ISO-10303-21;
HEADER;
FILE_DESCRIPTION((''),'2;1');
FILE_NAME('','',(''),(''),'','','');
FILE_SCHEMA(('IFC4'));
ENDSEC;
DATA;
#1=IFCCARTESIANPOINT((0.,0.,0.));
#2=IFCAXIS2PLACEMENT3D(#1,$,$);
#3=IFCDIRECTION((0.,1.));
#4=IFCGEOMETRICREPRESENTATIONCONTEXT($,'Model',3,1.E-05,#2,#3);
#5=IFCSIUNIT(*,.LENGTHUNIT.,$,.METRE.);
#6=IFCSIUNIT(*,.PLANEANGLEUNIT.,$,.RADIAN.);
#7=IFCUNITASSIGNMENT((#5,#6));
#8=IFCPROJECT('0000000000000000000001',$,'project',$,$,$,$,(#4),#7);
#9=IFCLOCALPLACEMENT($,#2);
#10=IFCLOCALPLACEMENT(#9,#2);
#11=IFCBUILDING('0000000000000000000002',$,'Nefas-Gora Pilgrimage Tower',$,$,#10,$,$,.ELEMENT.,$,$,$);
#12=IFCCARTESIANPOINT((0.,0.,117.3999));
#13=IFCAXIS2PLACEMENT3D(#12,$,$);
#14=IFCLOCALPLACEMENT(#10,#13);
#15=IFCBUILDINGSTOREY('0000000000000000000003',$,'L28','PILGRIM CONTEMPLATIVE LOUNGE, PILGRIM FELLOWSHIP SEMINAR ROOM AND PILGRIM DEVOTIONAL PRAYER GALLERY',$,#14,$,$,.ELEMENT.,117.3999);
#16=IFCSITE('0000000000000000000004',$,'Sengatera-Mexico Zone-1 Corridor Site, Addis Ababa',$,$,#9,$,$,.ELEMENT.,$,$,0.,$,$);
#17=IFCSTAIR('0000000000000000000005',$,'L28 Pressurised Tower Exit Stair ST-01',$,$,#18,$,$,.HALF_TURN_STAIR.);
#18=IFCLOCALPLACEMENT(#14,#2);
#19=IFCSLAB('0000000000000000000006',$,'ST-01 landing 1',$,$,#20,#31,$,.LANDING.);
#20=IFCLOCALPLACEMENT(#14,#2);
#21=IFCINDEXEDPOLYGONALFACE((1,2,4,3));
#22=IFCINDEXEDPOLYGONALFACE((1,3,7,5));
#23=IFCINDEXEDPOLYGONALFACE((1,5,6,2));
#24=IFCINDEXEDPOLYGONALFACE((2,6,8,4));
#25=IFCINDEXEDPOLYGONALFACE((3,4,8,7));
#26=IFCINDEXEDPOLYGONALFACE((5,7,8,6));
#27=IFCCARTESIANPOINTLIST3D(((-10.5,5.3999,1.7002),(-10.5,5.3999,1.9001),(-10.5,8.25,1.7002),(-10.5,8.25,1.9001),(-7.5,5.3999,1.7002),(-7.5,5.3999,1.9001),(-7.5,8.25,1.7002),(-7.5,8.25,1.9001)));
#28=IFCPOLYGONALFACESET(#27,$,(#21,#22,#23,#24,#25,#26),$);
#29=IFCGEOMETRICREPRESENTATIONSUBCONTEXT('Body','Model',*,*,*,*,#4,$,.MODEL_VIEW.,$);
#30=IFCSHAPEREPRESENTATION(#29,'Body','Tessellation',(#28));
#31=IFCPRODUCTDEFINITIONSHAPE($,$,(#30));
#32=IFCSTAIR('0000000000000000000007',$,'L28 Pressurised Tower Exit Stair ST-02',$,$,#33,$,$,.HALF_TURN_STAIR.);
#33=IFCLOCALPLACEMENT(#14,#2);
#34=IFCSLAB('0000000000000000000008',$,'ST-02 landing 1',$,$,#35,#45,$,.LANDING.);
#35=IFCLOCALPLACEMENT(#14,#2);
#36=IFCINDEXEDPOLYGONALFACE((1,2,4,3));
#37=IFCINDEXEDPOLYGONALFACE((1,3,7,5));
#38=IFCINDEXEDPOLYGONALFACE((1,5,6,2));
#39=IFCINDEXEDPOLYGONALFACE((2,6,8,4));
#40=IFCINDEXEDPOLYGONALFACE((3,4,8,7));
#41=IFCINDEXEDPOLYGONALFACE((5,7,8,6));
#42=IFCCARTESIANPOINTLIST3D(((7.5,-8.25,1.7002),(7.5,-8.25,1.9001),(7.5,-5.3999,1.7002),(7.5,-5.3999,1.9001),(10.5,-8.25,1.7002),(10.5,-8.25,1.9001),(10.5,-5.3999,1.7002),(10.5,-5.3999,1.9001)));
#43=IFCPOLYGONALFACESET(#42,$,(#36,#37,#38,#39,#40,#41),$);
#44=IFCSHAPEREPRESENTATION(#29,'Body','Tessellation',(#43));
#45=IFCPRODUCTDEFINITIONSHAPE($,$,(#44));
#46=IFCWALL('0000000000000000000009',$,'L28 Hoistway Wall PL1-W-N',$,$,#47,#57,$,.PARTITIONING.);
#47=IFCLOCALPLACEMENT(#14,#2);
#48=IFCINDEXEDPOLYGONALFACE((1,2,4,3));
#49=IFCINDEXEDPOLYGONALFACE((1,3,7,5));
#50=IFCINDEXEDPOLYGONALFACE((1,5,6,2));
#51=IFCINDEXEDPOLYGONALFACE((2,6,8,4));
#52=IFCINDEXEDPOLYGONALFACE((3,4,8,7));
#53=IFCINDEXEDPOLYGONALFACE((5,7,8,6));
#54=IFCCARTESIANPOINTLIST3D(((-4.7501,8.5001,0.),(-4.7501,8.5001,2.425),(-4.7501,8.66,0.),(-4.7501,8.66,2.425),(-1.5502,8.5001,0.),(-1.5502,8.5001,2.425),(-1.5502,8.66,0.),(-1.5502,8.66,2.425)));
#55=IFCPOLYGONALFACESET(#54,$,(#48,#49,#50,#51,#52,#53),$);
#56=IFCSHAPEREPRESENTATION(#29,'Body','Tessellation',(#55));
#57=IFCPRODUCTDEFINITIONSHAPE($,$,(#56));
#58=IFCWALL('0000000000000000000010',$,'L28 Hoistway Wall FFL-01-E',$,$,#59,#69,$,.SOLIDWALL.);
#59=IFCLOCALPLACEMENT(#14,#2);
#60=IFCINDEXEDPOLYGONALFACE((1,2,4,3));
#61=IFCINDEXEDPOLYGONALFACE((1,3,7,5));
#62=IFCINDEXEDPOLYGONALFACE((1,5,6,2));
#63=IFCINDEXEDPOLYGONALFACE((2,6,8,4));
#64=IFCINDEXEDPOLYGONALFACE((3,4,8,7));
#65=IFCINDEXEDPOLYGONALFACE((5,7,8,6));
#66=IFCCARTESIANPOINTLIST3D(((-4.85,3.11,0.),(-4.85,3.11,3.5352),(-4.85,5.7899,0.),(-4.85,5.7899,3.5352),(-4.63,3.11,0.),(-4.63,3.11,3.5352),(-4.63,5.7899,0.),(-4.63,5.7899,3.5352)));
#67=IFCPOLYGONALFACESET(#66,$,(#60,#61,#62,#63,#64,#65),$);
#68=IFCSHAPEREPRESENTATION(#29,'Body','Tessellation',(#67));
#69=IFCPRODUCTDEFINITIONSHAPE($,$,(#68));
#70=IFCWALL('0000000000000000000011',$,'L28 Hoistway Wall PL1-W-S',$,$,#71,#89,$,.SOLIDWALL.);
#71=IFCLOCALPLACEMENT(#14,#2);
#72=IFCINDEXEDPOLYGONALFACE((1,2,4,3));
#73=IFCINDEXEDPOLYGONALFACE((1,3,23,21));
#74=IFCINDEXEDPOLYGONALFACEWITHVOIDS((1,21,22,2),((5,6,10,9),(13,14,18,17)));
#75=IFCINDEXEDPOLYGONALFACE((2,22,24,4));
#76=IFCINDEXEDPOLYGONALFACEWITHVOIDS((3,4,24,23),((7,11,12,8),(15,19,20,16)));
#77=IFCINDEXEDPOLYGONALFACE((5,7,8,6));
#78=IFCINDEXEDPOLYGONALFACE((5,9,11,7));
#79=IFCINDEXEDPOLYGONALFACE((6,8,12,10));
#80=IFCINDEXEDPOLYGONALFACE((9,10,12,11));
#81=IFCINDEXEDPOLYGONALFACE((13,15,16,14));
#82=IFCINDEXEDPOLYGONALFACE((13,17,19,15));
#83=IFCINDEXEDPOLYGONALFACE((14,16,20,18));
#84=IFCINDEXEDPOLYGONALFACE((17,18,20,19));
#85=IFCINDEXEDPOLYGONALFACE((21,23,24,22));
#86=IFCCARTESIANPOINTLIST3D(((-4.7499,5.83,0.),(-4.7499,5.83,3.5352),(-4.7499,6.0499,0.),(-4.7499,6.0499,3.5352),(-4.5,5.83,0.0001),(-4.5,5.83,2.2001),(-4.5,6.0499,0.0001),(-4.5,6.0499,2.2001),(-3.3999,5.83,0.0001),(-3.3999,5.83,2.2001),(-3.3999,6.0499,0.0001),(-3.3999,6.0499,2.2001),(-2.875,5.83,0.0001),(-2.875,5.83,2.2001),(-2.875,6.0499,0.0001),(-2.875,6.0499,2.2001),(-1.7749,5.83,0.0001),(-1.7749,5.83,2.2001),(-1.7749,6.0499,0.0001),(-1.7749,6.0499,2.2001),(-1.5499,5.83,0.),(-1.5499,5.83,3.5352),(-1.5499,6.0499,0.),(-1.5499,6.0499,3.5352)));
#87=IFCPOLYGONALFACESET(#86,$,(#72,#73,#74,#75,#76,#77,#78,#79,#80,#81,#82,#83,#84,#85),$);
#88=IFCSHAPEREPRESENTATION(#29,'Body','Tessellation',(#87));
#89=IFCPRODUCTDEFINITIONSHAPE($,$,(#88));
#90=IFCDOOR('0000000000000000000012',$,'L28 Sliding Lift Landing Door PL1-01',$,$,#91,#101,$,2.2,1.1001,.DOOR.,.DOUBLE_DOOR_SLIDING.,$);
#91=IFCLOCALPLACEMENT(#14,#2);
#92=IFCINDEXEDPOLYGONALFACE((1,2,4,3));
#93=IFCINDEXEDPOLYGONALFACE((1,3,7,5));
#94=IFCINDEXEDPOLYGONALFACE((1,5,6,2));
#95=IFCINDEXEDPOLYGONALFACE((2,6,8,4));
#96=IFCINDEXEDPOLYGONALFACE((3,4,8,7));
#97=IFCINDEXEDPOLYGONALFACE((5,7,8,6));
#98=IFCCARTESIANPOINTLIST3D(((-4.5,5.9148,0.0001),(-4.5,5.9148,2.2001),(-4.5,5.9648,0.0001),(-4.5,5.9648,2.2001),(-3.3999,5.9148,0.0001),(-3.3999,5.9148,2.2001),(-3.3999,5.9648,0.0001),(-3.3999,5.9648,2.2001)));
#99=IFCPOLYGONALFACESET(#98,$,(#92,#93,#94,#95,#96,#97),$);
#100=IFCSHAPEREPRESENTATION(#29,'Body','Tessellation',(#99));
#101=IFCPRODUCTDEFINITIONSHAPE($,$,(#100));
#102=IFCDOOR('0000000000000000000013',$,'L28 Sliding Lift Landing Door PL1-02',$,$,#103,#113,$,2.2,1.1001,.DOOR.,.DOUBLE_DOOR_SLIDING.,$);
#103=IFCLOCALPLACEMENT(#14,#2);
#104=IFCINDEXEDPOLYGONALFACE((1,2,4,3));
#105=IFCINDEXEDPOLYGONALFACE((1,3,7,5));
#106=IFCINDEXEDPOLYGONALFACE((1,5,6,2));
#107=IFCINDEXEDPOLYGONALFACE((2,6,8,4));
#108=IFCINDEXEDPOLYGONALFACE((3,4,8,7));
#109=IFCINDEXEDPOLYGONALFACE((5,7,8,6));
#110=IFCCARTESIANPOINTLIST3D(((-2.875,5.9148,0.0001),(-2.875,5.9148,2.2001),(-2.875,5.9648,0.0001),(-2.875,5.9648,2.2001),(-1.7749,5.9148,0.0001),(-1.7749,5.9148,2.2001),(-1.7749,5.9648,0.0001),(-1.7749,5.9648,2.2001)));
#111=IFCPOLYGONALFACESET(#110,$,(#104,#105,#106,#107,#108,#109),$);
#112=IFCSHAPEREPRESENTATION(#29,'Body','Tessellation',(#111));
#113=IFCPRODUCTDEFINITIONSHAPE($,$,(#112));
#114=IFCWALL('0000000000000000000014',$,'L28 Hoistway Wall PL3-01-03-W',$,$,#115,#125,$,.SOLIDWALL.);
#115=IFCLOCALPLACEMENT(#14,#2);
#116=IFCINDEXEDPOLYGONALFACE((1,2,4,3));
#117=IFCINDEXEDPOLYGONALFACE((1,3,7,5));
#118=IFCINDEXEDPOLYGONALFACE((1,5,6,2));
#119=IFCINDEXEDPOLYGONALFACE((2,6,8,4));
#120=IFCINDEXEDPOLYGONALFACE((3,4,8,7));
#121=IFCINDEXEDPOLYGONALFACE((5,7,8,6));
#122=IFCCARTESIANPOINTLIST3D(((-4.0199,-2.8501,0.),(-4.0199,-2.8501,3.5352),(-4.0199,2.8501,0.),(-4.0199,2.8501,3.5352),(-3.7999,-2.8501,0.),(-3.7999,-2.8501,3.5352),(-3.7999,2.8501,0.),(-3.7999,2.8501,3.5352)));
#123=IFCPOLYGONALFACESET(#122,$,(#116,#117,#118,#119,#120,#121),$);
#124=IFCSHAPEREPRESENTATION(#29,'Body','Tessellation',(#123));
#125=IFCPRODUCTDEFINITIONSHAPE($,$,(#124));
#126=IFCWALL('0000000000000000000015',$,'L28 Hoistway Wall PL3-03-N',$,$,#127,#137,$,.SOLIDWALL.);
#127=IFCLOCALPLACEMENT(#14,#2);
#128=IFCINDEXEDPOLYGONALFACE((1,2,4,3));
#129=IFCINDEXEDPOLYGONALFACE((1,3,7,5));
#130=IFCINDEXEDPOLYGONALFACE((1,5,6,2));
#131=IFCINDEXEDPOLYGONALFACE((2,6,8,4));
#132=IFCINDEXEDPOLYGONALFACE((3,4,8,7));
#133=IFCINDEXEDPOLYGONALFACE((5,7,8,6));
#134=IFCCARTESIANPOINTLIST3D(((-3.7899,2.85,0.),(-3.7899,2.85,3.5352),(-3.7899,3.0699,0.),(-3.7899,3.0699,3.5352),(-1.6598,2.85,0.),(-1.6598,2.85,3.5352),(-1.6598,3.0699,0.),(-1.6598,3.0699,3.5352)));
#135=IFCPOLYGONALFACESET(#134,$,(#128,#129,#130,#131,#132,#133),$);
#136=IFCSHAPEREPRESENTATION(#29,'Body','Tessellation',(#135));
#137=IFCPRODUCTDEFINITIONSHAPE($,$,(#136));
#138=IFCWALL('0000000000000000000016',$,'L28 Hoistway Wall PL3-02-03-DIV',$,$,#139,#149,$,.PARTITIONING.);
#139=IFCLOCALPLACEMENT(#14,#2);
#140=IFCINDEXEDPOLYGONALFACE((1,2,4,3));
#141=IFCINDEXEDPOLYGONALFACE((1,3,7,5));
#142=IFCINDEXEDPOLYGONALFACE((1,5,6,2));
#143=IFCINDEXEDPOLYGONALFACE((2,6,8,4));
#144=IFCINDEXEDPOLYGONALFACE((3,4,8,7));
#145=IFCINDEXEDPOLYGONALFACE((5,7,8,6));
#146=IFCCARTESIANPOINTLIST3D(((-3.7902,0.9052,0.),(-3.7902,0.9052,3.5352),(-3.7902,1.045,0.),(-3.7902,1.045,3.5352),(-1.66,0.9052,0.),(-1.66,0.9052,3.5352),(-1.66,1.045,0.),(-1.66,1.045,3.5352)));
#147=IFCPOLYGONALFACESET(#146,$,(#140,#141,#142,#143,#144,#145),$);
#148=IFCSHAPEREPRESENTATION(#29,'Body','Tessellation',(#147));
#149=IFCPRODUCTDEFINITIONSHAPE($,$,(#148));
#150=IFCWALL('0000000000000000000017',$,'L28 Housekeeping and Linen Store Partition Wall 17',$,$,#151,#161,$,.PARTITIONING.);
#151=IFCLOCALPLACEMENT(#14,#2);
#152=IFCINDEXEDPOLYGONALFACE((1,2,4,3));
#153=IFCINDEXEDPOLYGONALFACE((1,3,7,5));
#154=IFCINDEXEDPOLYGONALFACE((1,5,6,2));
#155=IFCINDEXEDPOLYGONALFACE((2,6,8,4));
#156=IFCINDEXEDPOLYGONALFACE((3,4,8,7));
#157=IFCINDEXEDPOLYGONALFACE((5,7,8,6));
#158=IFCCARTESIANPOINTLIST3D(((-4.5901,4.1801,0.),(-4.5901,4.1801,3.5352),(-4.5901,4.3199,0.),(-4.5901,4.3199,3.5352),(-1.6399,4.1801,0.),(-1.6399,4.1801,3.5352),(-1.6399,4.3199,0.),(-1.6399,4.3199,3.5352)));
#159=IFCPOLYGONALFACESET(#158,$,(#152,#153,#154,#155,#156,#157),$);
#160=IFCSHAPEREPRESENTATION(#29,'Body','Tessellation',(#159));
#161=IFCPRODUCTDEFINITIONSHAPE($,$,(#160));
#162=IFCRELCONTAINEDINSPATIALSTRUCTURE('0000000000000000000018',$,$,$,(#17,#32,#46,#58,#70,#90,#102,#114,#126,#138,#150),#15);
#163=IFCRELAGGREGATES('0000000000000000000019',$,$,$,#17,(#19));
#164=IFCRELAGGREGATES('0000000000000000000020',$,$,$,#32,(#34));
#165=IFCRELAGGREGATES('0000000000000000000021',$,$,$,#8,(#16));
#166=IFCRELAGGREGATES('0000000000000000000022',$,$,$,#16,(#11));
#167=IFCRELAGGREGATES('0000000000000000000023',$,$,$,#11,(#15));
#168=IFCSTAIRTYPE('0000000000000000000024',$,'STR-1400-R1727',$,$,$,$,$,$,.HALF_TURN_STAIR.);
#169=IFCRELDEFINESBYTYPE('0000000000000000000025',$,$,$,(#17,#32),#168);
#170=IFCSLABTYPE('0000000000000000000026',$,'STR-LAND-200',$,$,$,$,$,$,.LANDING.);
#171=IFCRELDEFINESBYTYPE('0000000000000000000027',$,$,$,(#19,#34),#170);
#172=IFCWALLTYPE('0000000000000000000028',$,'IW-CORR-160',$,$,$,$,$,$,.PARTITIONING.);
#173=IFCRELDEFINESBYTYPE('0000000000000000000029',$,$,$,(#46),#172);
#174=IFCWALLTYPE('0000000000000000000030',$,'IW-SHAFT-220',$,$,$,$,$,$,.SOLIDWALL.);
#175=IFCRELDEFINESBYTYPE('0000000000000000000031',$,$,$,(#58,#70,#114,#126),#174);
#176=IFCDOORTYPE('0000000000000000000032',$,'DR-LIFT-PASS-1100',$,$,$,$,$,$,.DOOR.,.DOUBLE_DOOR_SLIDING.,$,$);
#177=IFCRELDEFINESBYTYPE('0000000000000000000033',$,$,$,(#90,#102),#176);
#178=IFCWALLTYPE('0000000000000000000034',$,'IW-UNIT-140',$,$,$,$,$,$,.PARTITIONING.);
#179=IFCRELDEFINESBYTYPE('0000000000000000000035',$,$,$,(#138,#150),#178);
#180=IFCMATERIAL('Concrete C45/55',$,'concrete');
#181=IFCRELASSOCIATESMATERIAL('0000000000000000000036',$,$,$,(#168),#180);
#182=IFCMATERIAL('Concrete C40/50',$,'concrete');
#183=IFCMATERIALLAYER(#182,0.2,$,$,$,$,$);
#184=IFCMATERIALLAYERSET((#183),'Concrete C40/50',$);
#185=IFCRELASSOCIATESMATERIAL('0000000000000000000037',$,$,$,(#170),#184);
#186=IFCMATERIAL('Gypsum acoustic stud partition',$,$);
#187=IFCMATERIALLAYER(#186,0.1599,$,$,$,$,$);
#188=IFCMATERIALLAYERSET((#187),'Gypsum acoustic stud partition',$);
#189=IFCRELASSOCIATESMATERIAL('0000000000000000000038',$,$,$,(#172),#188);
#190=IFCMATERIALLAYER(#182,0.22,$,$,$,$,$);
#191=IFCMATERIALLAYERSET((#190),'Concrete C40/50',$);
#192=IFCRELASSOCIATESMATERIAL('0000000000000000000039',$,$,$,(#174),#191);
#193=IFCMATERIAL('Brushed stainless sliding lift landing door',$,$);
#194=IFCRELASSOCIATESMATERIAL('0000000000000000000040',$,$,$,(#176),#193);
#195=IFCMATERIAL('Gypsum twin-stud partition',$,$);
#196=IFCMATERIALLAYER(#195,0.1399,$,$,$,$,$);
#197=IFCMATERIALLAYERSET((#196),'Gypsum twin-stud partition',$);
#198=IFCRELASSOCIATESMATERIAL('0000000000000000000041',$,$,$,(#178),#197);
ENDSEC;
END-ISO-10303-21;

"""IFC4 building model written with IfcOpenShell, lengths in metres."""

from ifc_helpers import new_model, si_unit, direction, frame, frame_2d, origin, place, context, subcontext, project, spatial, polyline, rectangle, outline, extrude, source, transform, mapped, material, layer, layer_set, type_object, element, fill, aggregate, save


model = new_model("IFC4")

# Units and contexts
model_context = context("Model", 3, precision=1e-05, world=origin(), true_north=direction((0.0, 1.0)))
body_context = subcontext(model_context, "Body", "Model", "MODEL_VIEW")
ifc_project = project(units=[si_unit("LENGTHUNIT", "METRE"), si_unit("PLANEANGLEUNIT", "RADIAN")], contexts=[model_context])

# Site, building, storey
site_placement = place(None, origin())
site = spatial("IfcSite", under=ifc_project, at=site_placement, Name="Sengatera-Mexico Zone-1 Corridor Site, Addis Ababa", CompositionType="ELEMENT", RefElevation=0.0)
building_placement = place(site_placement, origin())
building = spatial("IfcBuilding", under=site, at=building_placement, Name="Nefas-Gora Pilgrimage Tower", CompositionType="ELEMENT")
storey_placement = place(building_placement, frame((0.0, 0.0, 117.3999)))
storey = spatial("IfcBuildingStorey", under=building, at=storey_placement, Name="L28", Description="PILGRIM CONTEMPLATIVE LOUNGE, PILGRIM FELLOWSHIP SEMINAR ROOM AND PILGRIM DEVOTIONAL PRAYER GALLERY", CompositionType="ELEMENT", Elevation=117.3999)

# Shared definitions
ifc_material_1 = material(Name="Concrete C40/50", Category="concrete")

# Stairs, slabs
ifc_material_2 = material(Name="Concrete C45/55", Category="concrete")
stair_type = type_object("IfcStairType", Name="STR-1400-R1727", PredefinedType="HALF_TURN_STAIR", material=ifc_material_2)
stair_1_placement = place(storey_placement, origin())
stair_1 = element("IfcStair", 1, at=stair_1_placement, inside=storey, type_object=stair_type, Name="L28 Pressurised Tower Exit Stair ST-01", PredefinedType="HALF_TURN_STAIR")
ifc_layer_1 = layer(ifc_material_1, 0.2)
ifc_layer_set_1 = layer_set([ifc_layer_1], Name="Concrete C40/50")
slab_type_1 = type_object("IfcSlabType", Name="STR-LAND-200", PredefinedType="LANDING", material=ifc_layer_set_1)
slab_1_placement = place(storey_placement, frame((0.0, 0.0, 1.7002)))
slab_1 = element("IfcSlab", 2, at=slab_1_placement, type_object=slab_type_1, Name="ST-01 landing 1", PredefinedType="LANDING", context=body_context, shape_type="SweptSolid", body=[
    extrude(outline(polyline([(-7.5, 5.3999), (-7.5, 8.25), (-10.5, 8.25), (-10.5, 5.3999), (-7.5, 5.3999)])), origin(), (0.0, 0.0, 1.0), 0.2),
])
aggregate(stair_1, [slab_1])
stair_2_placement = place(storey_placement, origin())
stair_2 = element("IfcStair", 3, at=stair_2_placement, inside=storey, type_object=stair_type, Name="L28 Pressurised Tower Exit Stair ST-02", PredefinedType="HALF_TURN_STAIR")
slab_2_placement = place(storey_placement, frame((0.0, 0.0, 1.7002)))
slab_2 = element("IfcSlab", 4, at=slab_2_placement, type_object=slab_type_1, Name="ST-02 landing 1", PredefinedType="LANDING", context=body_context, shape_type="SweptSolid", body=[
    extrude(outline(polyline([(7.5, -5.3999), (7.5, -8.25), (10.5, -8.25), (10.5, -5.3999), (7.5, -5.3999)])), origin(), (0.0, 0.0, 1.0), 0.2),
])
aggregate(stair_2, [slab_2])

# Walls
ifc_material_3 = material(Name="Gypsum acoustic stud partition")
ifc_layer_2 = layer(ifc_material_3, 0.1599)
ifc_layer_set_2 = layer_set([ifc_layer_2], Name="Gypsum acoustic stud partition")
wall_type_1 = type_object("IfcWallType", Name="IW-CORR-160", PredefinedType="PARTITIONING", material=ifc_layer_set_2)
shared_shape_1 = source(origin(), body_context, "Body", "SweptSolid", [
    extrude(rectangle(XDim=3.2, YDim=0.1599, at=frame_2d((1.6001, 0.0))), origin(), (0.0, 0.0, 1.0), 2.425),
])
wall_1_placement = place(storey_placement, frame((-1.55, 8.5801, 0.0), z_axis=(0.0, 0.0, 1.0), x_axis=(-1.0, 0.0, 0.0)))
element("IfcWall", 5, at=wall_1_placement, inside=storey, type_object=wall_type_1, Name="L28 Hoistway Wall PL1-W-N", PredefinedType="PARTITIONING", context=body_context, shape_type="MappedRepresentation", body=[
    mapped(shared_shape_1, transform((0.0, 0.0, 0.0), x_axis=(1.0, 0.0, 0.0), y_axis=(0.0, 1.0, 0.0), z_axis=(0.0, 0.0, 1.0), scale=1.0)),
])
ifc_layer_3 = layer(ifc_material_1, 0.22)
ifc_layer_set_3 = layer_set([ifc_layer_3], Name="Concrete C40/50")
wall_type_2 = type_object("IfcWallType", Name="IW-SHAFT-220", PredefinedType="SOLIDWALL", material=ifc_layer_set_3)
shared_shape_2 = source(origin(), body_context, "Body", "SweptSolid", [
    extrude(rectangle(XDim=2.6799, YDim=0.22, at=frame_2d((1.3398, 0.0))), origin(), (0.0, 0.0, 1.0), 3.5352),
])
wall_2_placement = place(storey_placement, frame((-4.74, 3.1101, 0.0), z_axis=(0.0, 0.0, 1.0), x_axis=(0.0, 1.0, 0.0)))
element("IfcWall", 6, at=wall_2_placement, inside=storey, type_object=wall_type_2, Name="L28 Hoistway Wall FFL-01-E", PredefinedType="SOLIDWALL", context=body_context, shape_type="MappedRepresentation", body=[
    mapped(shared_shape_2, transform((0.0, 0.0, 0.0), x_axis=(1.0, 0.0, 0.0), y_axis=(0.0, 1.0, 0.0), z_axis=(0.0, 0.0, 1.0), scale=1.0)),
])

# Wall, openings, doors
shared_shape_3 = source(origin(), body_context, "Body", "SweptSolid", [
    extrude(rectangle(XDim=3.2, YDim=0.22, at=frame_2d((1.6001, 0.0))), origin(), (0.0, 0.0, 1.0), 3.5352),
])
wall_3_placement = place(storey_placement, frame((-4.75, 5.9399, 0.0), z_axis=(0.0, 0.0, 1.0), x_axis=(1.0, 0.0, 0.0)))
wall_3 = element("IfcWall", 7, at=wall_3_placement, inside=storey, type_object=wall_type_2, Name="L28 Hoistway Wall PL1-W-S", PredefinedType="SOLIDWALL", context=body_context, shape_type="MappedRepresentation", body=[
    mapped(shared_shape_3, transform((0.0, 0.0, 0.0), x_axis=(1.0, 0.0, 0.0), y_axis=(0.0, 1.0, 0.0), z_axis=(0.0, 0.0, 1.0), scale=1.0)),
])
opening_1_placement = place(wall_3_placement, frame((0.25, 0.0, 0.0)))
opening_1 = element("IfcOpeningElement", 8, at=opening_1_placement, cuts=wall_3, PredefinedType="OPENING", context=body_context, shape_type="SweptSolid", body=[
    extrude(rectangle(XDim=1.1001, YDim=2.2, at=frame_2d((0.55, 1.1001))), frame((0.0, 0.1199, 0.0), z_axis=(0.0, -1.0, 0.0), x_axis=(1.0, 0.0, 0.0)), (0.0, 0.0, 1.0), 0.24),
])
opening_2_placement = place(wall_3_placement, frame((1.875, 0.0, 0.0)))
opening_2 = element("IfcOpeningElement", 9, at=opening_2_placement, cuts=wall_3, PredefinedType="OPENING", context=body_context, shape_type="SweptSolid", body=[
    extrude(rectangle(XDim=1.1001, YDim=2.2, at=frame_2d((0.55, 1.1001))), frame((0.0, 0.1199, 0.0), z_axis=(0.0, -1.0, 0.0), x_axis=(1.0, 0.0, 0.0)), (0.0, 0.0, 1.0), 0.24),
])
ifc_material_4 = material(Name="Brushed stainless sliding lift landing door")
door_type_1 = type_object("IfcDoorType", Name="DR-LIFT-PASS-1100", OperationType="DOUBLE_DOOR_SLIDING", PredefinedType="DOOR", material=ifc_material_4)
shared_shape_4 = source(origin(), body_context, "Body", "SweptSolid", [
    extrude(rectangle(XDim=1.1001, YDim=2.2, at=frame_2d((0.55, 1.1001))), frame((0.0, 0.0249, 0.0), z_axis=(0.0, -1.0, 0.0), x_axis=(1.0, 0.0, 0.0)), (0.0, 0.0, 1.0), 0.05),
])
door_1_placement = place(opening_1_placement, origin())
door_1 = element("IfcDoor", 10, at=door_1_placement, inside=storey, type_object=door_type_1, Name="L28 Sliding Lift Landing Door PL1-01", OperationType="DOUBLE_DOOR_SLIDING", OverallHeight=2.2, OverallWidth=1.1001, PredefinedType="DOOR", context=body_context, shape_type="MappedRepresentation", body=[
    mapped(shared_shape_4, transform((0.0, 0.0, 0.0), x_axis=(1.0, 0.0, 0.0), y_axis=(0.0, 1.0, 0.0), z_axis=(0.0, 0.0, 1.0), scale=1.0)),
])
fill(opening_1, door_1)
door_2_placement = place(opening_2_placement, origin())
door_2 = element("IfcDoor", 11, at=door_2_placement, inside=storey, type_object=door_type_1, Name="L28 Sliding Lift Landing Door PL1-02", OperationType="DOUBLE_DOOR_SLIDING", OverallHeight=2.2, OverallWidth=1.1001, PredefinedType="DOOR", context=body_context, shape_type="MappedRepresentation", body=[
    mapped(shared_shape_4, transform((0.0, 0.0, 0.0), x_axis=(1.0, 0.0, 0.0), y_axis=(0.0, 1.0, 0.0), z_axis=(0.0, 0.0, 1.0), scale=1.0)),
])
fill(opening_2, door_2)

# Walls
ifc_material_5 = material(Name="Gypsum twin-stud partition")
ifc_layer_4 = layer(ifc_material_5, 0.1399)
ifc_layer_set_4 = layer_set([ifc_layer_4], Name="Gypsum twin-stud partition")
wall_type_3 = type_object("IfcWallType", Name="IW-UNIT-140", PredefinedType="PARTITIONING", material=ifc_layer_set_4)
shared_shape_5 = source(origin(), body_context, "Body", "SweptSolid", [
    extrude(rectangle(XDim=5.7002, YDim=0.22, at=frame_2d((2.8501, 0.0))), origin(), (0.0, 0.0, 1.0), 3.5352),
])
wall_4_placement = place(storey_placement, frame((-3.9099, 2.8501, 0.0), z_axis=(0.0, 0.0, 1.0), x_axis=(0.0, -1.0, 0.0)))
element("IfcWall", 12, at=wall_4_placement, inside=storey, type_object=wall_type_2, Name="L28 Hoistway Wall PL3-01-03-W", PredefinedType="SOLIDWALL", context=body_context, shape_type="MappedRepresentation", body=[
    mapped(shared_shape_5, transform((0.0, 0.0, 0.0), x_axis=(1.0, 0.0, 0.0), y_axis=(0.0, 1.0, 0.0), z_axis=(0.0, 0.0, 1.0), scale=1.0)),
])
shared_shape_6 = source(origin(), body_context, "Body", "SweptSolid", [
    extrude(rectangle(XDim=2.1301, YDim=0.22, at=frame_2d((1.0649, 0.0))), origin(), (0.0, 0.0, 1.0), 3.5352),
])
wall_5_placement = place(storey_placement, frame((-1.6599, 2.96, 0.0), z_axis=(0.0, 0.0, 1.0), x_axis=(-1.0, 0.0, 0.0)))
element("IfcWall", 13, at=wall_5_placement, inside=storey, type_object=wall_type_2, Name="L28 Hoistway Wall PL3-03-N", PredefinedType="SOLIDWALL", context=body_context, shape_type="MappedRepresentation", body=[
    mapped(shared_shape_6, transform((0.0, 0.0, 0.0), x_axis=(1.0, 0.0, 0.0), y_axis=(0.0, 1.0, 0.0), z_axis=(0.0, 0.0, 1.0), scale=1.0)),
])
shared_shape_7 = source(origin(), body_context, "Body", "SweptSolid", [
    extrude(rectangle(XDim=2.1301, YDim=0.1399, at=frame_2d((1.0649, 0.0))), origin(), (0.0, 0.0, 1.0), 3.5352),
])
wall_6_placement = place(storey_placement, frame((-3.79, 0.9751, 0.0), z_axis=(0.0, 0.0, 1.0), x_axis=(1.0, 0.0, 0.0)))
element("IfcWall", 14, at=wall_6_placement, inside=storey, type_object=wall_type_3, Name="L28 Hoistway Wall PL3-02-03-DIV", PredefinedType="PARTITIONING", context=body_context, shape_type="MappedRepresentation", body=[
    mapped(shared_shape_7, transform((0.0, 0.0, 0.0), x_axis=(1.0, 0.0, 0.0), y_axis=(0.0, 1.0, 0.0), z_axis=(0.0, 0.0, 1.0), scale=1.0)),
])
shared_shape_8 = source(origin(), body_context, "Body", "SweptSolid", [
    extrude(rectangle(XDim=2.9502, YDim=0.1399, at=frame_2d((1.4751, 0.0))), origin(), (0.0, 0.0, 1.0), 3.5352),
])
wall_7_placement = place(storey_placement, frame((-4.5901, 4.25, 0.0), z_axis=(0.0, 0.0, 1.0), x_axis=(1.0, 0.0, 0.0)))
element("IfcWall", 15, at=wall_7_placement, inside=storey, type_object=wall_type_3, Name="L28 Housekeeping and Linen Store Partition Wall 17", PredefinedType="PARTITIONING", context=body_context, shape_type="MappedRepresentation", body=[
    mapped(shared_shape_8, transform((0.0, 0.0, 0.0), x_axis=(1.0, 0.0, 0.0), y_axis=(0.0, 1.0, 0.0), z_axis=(0.0, 0.0, 1.0), scale=1.0)),
])

save(model, "model.ifc")
